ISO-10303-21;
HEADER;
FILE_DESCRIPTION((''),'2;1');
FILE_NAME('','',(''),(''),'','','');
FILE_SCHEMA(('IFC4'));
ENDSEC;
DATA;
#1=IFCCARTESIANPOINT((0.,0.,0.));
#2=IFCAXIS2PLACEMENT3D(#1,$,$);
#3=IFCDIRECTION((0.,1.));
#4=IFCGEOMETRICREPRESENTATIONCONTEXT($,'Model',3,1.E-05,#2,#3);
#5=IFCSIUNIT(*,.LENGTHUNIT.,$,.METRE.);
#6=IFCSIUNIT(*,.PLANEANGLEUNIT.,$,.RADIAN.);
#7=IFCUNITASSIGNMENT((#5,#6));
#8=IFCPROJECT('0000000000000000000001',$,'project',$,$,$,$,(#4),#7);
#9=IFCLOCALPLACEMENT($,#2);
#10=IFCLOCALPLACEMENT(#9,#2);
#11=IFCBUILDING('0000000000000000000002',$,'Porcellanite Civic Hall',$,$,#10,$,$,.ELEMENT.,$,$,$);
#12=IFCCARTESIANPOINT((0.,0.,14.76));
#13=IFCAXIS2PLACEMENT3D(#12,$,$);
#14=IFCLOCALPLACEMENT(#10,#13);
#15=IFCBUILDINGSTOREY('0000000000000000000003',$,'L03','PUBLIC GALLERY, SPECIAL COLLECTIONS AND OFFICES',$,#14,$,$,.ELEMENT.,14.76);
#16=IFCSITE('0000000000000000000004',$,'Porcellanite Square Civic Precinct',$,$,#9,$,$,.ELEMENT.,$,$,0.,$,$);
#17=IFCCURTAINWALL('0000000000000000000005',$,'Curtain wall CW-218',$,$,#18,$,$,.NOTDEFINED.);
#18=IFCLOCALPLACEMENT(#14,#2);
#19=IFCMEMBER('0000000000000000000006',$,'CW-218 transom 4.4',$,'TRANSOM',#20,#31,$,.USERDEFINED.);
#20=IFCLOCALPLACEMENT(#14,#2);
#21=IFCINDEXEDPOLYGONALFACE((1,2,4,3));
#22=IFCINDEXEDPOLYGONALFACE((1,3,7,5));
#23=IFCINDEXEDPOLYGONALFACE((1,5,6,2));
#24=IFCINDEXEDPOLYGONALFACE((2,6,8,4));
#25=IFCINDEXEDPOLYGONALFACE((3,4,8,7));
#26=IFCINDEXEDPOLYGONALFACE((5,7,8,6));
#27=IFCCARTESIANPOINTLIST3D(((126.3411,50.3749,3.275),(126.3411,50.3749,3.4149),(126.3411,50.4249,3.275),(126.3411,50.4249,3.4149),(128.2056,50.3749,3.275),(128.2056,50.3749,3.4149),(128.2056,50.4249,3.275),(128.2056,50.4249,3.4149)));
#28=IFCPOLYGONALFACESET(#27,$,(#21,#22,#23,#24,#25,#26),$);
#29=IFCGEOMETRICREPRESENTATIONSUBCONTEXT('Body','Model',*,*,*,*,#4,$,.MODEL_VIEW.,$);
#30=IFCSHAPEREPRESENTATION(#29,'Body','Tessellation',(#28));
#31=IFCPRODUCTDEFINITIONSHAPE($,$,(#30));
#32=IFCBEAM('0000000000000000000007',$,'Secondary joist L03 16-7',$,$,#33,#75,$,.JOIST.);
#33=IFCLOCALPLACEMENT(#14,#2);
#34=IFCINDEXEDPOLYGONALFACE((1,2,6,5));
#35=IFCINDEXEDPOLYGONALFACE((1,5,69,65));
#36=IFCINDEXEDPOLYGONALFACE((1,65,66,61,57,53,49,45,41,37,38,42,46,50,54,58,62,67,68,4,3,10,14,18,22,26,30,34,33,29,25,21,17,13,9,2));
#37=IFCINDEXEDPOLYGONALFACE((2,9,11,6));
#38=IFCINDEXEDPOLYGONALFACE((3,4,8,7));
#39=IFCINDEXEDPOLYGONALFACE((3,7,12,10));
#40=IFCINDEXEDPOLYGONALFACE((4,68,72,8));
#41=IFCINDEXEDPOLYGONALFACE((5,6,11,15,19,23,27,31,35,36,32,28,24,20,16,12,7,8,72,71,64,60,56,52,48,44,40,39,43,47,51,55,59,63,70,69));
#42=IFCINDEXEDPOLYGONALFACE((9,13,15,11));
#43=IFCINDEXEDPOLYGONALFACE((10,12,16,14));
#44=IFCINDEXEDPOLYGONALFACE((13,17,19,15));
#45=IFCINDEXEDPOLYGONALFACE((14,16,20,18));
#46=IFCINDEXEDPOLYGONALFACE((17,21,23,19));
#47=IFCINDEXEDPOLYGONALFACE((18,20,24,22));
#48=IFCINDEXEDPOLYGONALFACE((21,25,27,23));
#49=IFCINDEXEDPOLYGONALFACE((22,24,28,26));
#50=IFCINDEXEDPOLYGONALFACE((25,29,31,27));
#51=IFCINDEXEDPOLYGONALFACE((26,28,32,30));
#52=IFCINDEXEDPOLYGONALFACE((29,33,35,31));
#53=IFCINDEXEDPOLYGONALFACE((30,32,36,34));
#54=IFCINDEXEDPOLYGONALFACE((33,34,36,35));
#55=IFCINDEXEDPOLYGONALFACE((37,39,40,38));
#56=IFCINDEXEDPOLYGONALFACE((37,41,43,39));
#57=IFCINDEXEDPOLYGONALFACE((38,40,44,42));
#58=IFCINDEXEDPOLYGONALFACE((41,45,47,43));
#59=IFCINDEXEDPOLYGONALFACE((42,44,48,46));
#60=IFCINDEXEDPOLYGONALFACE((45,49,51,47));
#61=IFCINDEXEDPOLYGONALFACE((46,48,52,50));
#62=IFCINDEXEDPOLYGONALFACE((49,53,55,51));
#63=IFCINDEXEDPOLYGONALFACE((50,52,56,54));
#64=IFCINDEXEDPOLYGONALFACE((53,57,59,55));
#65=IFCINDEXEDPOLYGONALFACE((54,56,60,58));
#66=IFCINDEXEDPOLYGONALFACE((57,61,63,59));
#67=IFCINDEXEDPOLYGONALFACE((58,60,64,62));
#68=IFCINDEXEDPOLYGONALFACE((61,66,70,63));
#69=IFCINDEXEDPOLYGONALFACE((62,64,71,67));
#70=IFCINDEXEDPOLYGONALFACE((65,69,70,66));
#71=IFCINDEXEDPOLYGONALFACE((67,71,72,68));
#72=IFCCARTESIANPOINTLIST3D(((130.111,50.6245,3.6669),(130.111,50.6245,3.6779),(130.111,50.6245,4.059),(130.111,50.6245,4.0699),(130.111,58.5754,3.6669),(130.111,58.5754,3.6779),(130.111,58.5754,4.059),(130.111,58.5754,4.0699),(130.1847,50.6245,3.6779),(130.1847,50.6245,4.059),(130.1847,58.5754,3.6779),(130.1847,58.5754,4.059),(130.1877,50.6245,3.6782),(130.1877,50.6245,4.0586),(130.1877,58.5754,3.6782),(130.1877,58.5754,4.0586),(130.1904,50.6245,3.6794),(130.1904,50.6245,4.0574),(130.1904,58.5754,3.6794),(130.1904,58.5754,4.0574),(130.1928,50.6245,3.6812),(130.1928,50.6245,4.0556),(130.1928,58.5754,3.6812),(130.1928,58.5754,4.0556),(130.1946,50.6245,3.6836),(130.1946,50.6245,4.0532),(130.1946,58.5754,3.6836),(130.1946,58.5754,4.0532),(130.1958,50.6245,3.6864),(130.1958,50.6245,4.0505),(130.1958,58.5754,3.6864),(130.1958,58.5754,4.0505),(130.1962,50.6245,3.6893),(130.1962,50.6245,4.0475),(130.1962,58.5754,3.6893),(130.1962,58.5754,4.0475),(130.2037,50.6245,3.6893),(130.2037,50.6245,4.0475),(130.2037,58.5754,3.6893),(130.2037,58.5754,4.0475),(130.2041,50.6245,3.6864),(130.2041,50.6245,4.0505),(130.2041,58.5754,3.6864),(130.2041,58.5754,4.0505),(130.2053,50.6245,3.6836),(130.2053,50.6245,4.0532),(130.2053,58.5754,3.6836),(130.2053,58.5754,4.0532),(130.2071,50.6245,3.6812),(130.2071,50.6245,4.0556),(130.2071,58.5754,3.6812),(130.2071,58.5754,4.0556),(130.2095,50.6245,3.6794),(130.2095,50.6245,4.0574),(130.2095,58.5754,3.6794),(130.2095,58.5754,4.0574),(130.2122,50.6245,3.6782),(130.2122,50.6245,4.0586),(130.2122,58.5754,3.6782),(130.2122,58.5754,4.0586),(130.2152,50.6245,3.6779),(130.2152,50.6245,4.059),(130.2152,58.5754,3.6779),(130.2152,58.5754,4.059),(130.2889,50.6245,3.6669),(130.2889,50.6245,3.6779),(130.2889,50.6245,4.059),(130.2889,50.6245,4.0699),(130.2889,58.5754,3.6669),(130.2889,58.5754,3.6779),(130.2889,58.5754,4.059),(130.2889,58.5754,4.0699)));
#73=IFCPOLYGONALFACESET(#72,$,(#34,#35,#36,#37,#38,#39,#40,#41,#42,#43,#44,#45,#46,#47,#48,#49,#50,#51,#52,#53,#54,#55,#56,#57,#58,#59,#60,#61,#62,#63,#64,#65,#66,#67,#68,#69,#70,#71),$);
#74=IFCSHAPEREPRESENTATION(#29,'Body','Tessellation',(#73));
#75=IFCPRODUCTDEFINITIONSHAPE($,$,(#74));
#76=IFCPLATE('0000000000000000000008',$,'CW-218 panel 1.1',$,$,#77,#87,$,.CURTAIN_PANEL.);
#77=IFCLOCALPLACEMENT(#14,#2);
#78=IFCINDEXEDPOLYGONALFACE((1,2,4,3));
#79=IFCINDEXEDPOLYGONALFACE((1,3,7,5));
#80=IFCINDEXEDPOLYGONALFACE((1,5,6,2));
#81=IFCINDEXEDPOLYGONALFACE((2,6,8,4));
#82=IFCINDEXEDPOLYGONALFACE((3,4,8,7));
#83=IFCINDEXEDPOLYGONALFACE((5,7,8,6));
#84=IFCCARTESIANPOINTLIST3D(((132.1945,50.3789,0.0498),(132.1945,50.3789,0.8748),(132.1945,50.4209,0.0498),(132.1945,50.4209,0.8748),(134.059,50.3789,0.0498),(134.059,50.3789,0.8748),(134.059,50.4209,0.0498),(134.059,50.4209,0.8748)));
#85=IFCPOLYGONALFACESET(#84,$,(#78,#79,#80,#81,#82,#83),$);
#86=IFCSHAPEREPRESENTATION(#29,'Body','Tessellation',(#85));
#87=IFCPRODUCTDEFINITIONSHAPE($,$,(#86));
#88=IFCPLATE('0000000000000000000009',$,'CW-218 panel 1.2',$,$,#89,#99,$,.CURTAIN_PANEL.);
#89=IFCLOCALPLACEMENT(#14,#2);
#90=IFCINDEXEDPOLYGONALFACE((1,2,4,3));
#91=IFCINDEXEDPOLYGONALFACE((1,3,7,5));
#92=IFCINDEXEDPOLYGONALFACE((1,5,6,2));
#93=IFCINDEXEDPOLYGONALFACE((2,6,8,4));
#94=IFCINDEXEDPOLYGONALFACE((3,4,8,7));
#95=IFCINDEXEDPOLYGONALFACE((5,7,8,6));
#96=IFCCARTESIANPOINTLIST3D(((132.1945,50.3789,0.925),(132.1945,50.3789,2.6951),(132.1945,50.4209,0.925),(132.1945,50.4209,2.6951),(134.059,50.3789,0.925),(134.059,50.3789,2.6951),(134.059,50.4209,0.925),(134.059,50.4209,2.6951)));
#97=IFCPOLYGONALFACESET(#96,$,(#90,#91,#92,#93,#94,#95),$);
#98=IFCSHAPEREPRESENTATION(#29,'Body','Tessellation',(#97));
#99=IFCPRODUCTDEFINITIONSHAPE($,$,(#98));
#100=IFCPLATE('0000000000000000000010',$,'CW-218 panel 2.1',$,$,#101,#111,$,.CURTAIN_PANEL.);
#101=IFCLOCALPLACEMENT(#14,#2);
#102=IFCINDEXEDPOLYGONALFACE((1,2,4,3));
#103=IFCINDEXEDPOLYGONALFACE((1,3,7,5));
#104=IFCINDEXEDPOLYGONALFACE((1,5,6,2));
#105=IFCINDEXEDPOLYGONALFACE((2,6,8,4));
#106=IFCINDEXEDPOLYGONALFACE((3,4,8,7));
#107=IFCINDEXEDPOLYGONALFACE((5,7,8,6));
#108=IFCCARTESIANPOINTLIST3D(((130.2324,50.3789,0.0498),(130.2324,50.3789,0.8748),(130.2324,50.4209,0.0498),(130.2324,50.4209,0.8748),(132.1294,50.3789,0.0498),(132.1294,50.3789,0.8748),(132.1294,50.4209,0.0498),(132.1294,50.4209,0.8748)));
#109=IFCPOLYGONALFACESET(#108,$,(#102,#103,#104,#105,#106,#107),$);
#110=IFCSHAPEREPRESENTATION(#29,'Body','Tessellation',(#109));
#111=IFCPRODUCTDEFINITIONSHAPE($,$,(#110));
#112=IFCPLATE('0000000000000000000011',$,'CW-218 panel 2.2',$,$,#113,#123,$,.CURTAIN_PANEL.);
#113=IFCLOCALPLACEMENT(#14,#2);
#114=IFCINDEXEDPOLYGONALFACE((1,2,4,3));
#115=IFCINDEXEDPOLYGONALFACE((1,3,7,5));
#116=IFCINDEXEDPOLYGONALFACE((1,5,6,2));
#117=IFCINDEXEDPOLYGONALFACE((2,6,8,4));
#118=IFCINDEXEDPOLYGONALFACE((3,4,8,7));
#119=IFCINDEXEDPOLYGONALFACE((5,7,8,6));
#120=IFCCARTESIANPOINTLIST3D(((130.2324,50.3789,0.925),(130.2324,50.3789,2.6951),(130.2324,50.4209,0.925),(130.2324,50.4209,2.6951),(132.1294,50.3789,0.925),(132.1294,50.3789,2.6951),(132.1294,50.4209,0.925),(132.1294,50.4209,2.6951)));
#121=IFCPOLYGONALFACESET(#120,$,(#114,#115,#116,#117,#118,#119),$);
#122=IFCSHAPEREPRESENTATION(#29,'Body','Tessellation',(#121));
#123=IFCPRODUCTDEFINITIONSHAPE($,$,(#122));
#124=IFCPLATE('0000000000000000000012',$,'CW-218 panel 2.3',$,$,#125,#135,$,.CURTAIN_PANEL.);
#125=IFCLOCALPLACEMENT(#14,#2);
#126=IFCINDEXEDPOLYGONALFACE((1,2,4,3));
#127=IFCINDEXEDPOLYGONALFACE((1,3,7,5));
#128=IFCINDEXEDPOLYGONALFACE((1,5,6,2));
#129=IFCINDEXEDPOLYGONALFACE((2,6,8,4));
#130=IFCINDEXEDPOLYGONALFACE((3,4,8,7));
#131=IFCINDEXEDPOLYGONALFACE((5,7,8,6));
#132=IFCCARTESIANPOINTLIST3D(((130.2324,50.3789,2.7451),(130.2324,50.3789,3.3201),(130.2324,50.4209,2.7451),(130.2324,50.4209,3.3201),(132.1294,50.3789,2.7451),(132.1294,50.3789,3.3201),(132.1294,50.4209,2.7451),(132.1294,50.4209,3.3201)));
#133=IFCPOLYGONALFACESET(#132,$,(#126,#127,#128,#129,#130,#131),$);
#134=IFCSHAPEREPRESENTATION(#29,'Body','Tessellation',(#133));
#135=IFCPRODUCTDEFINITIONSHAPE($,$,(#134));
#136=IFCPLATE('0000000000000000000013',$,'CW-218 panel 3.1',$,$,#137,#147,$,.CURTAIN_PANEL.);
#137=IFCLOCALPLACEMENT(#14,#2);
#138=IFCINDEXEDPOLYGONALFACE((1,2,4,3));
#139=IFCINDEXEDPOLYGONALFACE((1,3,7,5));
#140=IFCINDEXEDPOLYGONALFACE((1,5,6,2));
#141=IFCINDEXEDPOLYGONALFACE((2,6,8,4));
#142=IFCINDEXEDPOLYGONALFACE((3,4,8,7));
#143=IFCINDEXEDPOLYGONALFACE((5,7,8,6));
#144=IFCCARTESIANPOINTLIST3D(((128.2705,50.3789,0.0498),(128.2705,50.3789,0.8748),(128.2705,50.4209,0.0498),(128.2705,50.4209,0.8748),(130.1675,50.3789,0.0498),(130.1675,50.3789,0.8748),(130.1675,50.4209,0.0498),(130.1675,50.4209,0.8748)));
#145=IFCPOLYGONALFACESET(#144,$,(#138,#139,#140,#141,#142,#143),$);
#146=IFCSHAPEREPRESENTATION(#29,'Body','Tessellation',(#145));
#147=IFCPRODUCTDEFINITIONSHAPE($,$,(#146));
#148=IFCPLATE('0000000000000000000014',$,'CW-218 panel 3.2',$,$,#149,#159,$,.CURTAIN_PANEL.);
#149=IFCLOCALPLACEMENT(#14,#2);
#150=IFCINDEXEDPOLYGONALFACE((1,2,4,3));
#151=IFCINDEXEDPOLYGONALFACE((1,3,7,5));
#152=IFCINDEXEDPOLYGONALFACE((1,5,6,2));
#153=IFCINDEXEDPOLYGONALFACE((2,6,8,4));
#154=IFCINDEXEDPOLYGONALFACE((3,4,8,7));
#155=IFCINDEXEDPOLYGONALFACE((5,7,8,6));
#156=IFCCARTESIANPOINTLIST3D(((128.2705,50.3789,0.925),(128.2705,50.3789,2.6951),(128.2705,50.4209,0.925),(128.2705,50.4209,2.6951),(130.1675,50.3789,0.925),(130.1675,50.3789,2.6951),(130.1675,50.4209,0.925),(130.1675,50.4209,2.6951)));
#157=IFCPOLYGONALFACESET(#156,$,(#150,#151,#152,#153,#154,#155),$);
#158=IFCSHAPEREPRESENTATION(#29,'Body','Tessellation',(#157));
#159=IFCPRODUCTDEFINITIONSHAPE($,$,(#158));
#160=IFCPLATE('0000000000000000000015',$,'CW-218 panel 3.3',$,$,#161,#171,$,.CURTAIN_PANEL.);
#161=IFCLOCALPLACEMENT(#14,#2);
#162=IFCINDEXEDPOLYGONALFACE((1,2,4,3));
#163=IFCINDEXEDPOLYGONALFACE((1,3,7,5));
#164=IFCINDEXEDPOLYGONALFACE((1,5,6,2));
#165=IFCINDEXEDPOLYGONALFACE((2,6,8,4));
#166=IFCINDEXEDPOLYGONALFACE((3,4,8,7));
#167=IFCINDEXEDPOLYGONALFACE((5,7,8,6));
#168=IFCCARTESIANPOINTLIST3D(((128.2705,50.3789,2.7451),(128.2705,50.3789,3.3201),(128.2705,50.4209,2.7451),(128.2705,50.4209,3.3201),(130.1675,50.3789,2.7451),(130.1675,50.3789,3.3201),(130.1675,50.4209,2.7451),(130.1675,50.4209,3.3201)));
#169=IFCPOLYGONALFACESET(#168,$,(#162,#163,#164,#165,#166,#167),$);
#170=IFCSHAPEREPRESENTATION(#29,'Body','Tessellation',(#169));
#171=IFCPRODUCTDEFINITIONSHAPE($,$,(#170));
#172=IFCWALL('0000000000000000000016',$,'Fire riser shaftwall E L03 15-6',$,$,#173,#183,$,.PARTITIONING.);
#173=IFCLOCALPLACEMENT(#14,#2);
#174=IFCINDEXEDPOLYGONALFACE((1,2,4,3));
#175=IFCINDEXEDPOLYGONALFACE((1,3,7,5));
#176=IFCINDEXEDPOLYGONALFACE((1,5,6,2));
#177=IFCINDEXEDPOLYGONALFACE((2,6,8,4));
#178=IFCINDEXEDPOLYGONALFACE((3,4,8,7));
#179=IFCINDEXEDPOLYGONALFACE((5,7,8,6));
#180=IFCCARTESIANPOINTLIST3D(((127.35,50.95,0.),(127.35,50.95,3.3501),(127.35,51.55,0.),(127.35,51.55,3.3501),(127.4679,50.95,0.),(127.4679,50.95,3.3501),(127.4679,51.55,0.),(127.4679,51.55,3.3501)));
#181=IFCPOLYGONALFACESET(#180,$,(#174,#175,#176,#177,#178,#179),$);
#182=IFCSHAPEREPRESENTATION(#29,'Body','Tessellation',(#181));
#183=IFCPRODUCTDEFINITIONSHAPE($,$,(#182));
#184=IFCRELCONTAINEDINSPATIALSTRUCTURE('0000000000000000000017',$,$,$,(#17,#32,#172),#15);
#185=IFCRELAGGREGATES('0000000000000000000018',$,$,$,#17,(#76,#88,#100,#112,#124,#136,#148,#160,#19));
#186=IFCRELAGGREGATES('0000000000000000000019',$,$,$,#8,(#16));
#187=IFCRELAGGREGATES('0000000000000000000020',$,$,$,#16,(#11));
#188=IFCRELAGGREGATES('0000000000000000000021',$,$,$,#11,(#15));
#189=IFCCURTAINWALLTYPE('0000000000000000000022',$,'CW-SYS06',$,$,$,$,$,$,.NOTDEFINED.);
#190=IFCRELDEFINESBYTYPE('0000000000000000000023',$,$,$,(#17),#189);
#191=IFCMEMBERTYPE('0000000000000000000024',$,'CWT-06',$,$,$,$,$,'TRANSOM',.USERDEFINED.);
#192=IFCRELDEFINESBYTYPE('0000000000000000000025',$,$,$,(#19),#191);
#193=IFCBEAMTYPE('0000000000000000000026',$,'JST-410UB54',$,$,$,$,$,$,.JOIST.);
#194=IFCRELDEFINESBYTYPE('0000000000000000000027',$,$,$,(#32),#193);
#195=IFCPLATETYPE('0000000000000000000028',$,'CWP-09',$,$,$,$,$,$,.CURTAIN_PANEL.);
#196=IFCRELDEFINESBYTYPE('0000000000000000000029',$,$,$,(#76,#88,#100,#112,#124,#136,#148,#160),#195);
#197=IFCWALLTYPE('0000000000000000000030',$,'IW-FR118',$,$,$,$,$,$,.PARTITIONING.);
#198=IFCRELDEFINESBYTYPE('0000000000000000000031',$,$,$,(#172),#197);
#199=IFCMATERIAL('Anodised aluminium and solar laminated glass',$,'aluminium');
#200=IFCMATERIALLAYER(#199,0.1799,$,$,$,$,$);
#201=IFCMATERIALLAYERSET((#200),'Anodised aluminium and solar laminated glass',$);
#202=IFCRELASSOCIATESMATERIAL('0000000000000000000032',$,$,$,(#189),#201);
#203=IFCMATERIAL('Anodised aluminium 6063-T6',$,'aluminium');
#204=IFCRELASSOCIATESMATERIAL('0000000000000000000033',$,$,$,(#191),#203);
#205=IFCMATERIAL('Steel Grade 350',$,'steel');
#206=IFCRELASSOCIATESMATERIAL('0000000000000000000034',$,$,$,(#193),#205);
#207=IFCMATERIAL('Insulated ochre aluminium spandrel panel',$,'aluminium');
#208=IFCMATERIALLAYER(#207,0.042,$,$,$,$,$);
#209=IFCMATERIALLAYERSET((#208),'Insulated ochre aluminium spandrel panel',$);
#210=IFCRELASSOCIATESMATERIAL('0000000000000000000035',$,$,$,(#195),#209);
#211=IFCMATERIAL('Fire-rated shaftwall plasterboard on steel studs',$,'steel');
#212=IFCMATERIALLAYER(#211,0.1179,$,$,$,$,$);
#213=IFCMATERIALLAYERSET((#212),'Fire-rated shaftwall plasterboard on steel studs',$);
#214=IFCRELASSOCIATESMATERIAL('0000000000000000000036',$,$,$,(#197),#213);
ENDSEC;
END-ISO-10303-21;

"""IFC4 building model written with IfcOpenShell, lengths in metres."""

from ifc_helpers import new_model, si_unit, direction, frame, frame_2d, origin, origin_2d, place, context, subcontext, project, spatial, rectangle, i_section, extrude, material, layer, layer_set, material_profile, profile_set, type_object, element, aggregate, save


model = new_model("IFC4")

# Units and contexts
model_context = context("Model", 3, precision=1e-05, world=origin(), true_north=direction((0.0, 1.0)))
body_context = subcontext(model_context, "Body", "Model", "MODEL_VIEW")
ifc_project = project(units=[si_unit("LENGTHUNIT", "METRE"), si_unit("PLANEANGLEUNIT", "RADIAN")], contexts=[model_context])

# Site, building, storey
site_placement = place(None, origin())
site = spatial("IfcSite", under=ifc_project, at=site_placement, Name="Porcellanite Square Civic Precinct", CompositionType="ELEMENT", RefElevation=0.0)
building_placement = place(site_placement, origin())
building = spatial("IfcBuilding", under=site, at=building_placement, Name="Porcellanite Civic Hall", CompositionType="ELEMENT")
storey_placement = place(building_placement, frame((0.0, 0.0, 14.76)))
storey = spatial("IfcBuildingStorey", under=building, at=storey_placement, Name="L03", Description="PUBLIC GALLERY, SPECIAL COLLECTIONS AND OFFICES", CompositionType="ELEMENT", Elevation=14.76)

# Curtain wall, member
ifc_material_1 = material(Name="Anodised aluminium and solar laminated glass", Category="aluminium")
ifc_layer_1 = layer(ifc_material_1, 0.1799)
ifc_layer_set_1 = layer_set([ifc_layer_1], Name="Anodised aluminium and solar laminated glass")
curtain_wall_type = type_object("IfcCurtainWallType", Name="CW-SYS06", PredefinedType="NOTDEFINED", material=ifc_layer_set_1)
curtain_wall_placement = place(storey_placement, origin())
curtain_wall = element("IfcCurtainWall", 1, at=curtain_wall_placement, inside=storey, type_object=curtain_wall_type, Name="Curtain wall CW-218", PredefinedType="NOTDEFINED")
ifc_material_2 = material(Name="Anodised aluminium 6063-T6", Category="aluminium")
ifc_material_profile_1 = material_profile(ifc_material_2, rectangle(XDim=0.05, YDim=0.1399, at=origin_2d()), Name="AL-50x140")
ifc_profile_set_1 = profile_set([ifc_material_profile_1], Name="Anodised aluminium 6063-T6")
member_type_1 = type_object("IfcMemberType", Name="CWT-06", ElementType="TRANSOM", PredefinedType="USERDEFINED", material=ifc_profile_set_1)
member_1_placement = place(storey_placement, frame((128.2056, 50.3999, 3.345), z_axis=(-1.0, 0.0, 0.0), x_axis=(0.0, -1.0, 0.0)))
member_1 = element("IfcMember", 2, at=member_1_placement, type_object=member_type_1, Name="CW-218 transom 4.4", ObjectType="TRANSOM", PredefinedType="USERDEFINED", context=body_context, shape_type="SweptSolid", body=[
    extrude(rectangle(XDim=0.05, YDim=0.1399, at=origin_2d()), origin(), (0.0, 0.0, 1.0), 1.8645),
])

# Beam
ifc_material_3 = material(Name="Steel Grade 350", Category="steel")
ifc_material_profile_2 = material_profile(ifc_material_3, i_section(OverallWidth=0.178, OverallDepth=0.4031, WebThickness=0.0076, FlangeThickness=0.011, FilletRadius=0.0115, at=origin_2d()), Name="410UB53.7")
ifc_profile_set_2 = profile_set([ifc_material_profile_2], Name="Steel Grade 350")
beam_type = type_object("IfcBeamType", Name="JST-410UB54", PredefinedType="JOIST", material=ifc_profile_set_2)
beam_placement = place(storey_placement, frame((130.2, 50.6245, 3.8684), z_axis=(0.0, 1.0, 0.0), x_axis=(-1.0, 0.0, 0.0)))
element("IfcBeam", 3, at=beam_placement, inside=storey, type_object=beam_type, Name="Secondary joist L03 16-7", PredefinedType="JOIST", context=body_context, shape_type="SweptSolid", body=[
    extrude(i_section(OverallWidth=0.178, OverallDepth=0.4031, WebThickness=0.0076, FlangeThickness=0.011, FilletRadius=0.0115, at=origin_2d()), origin(), (0.0, 0.0, 1.0), 7.9509),
])

# Plates
ifc_material_4 = material(Name="Insulated ochre aluminium spandrel panel", Category="aluminium")
ifc_layer_2 = layer(ifc_material_4, 0.042)
ifc_layer_set_2 = layer_set([ifc_layer_2], Name="Insulated ochre aluminium spandrel panel")
plate_type = type_object("IfcPlateType", Name="CWP-09", PredefinedType="CURTAIN_PANEL", material=ifc_layer_set_2)
plate_1_placement = place(storey_placement, frame((133.1267, 50.3999, 0.0498), z_axis=(0.0, 0.0, 1.0), x_axis=(-1.0, 0.0, 0.0)))
plate_1 = element("IfcPlate", 4, at=plate_1_placement, type_object=plate_type, Name="CW-218 panel 1.1", PredefinedType="CURTAIN_PANEL", context=body_context, shape_type="SweptSolid", body=[
    extrude(rectangle(XDim=1.8645, YDim=0.042, at=origin_2d()), origin(), (0.0, 0.0, 1.0), 0.825),
])
plate_2_placement = place(storey_placement, frame((133.1267, 50.3999, 0.925), z_axis=(0.0, 0.0, 1.0), x_axis=(-1.0, 0.0, 0.0)))
plate_2 = element("IfcPlate", 5, at=plate_2_placement, type_object=plate_type, Name="CW-218 panel 1.2", PredefinedType="CURTAIN_PANEL", context=body_context, shape_type="SweptSolid", body=[
    extrude(rectangle(XDim=1.8645, YDim=0.042, at=origin_2d()), origin(), (0.0, 0.0, 1.0), 1.77),
])
plate_3_placement = place(storey_placement, frame((131.1809, 50.3999, 0.0498), z_axis=(0.0, 0.0, 1.0), x_axis=(-1.0, 0.0, 0.0)))
plate_3 = element("IfcPlate", 6, at=plate_3_placement, type_object=plate_type, Name="CW-218 panel 2.1", PredefinedType="CURTAIN_PANEL", context=body_context, shape_type="SweptSolid", body=[
    extrude(rectangle(XDim=1.897, YDim=0.042, at=origin_2d()), origin(), (0.0, 0.0, 1.0), 0.825),
])
plate_4_placement = place(storey_placement, frame((131.1809, 50.3999, 0.925), z_axis=(0.0, 0.0, 1.0), x_axis=(-1.0, 0.0, 0.0)))
plate_4 = element("IfcPlate", 7, at=plate_4_placement, type_object=plate_type, Name="CW-218 panel 2.2", PredefinedType="CURTAIN_PANEL", context=body_context, shape_type="SweptSolid", body=[
    extrude(rectangle(XDim=1.897, YDim=0.042, at=origin_2d()), origin(), (0.0, 0.0, 1.0), 1.77),
])
plate_5_placement = place(storey_placement, frame((131.1809, 50.3999, 2.7451), z_axis=(0.0, 0.0, 1.0), x_axis=(-1.0, 0.0, 0.0)))
plate_5 = element("IfcPlate", 8, at=plate_5_placement, type_object=plate_type, Name="CW-218 panel 2.3", PredefinedType="CURTAIN_PANEL", context=body_context, shape_type="SweptSolid", body=[
    extrude(rectangle(XDim=1.897, YDim=0.042, at=origin_2d()), origin(), (0.0, 0.0, 1.0), 0.575),
])
plate_6_placement = place(storey_placement, frame((129.219, 50.3999, 0.0498), z_axis=(0.0, 0.0, 1.0), x_axis=(-1.0, 0.0, 0.0)))
plate_6 = element("IfcPlate", 9, at=plate_6_placement, type_object=plate_type, Name="CW-218 panel 3.1", PredefinedType="CURTAIN_PANEL", context=body_context, shape_type="SweptSolid", body=[
    extrude(rectangle(XDim=1.897, YDim=0.042, at=origin_2d()), origin(), (0.0, 0.0, 1.0), 0.825),
])
plate_7_placement = place(storey_placement, frame((129.219, 50.3999, 0.925), z_axis=(0.0, 0.0, 1.0), x_axis=(-1.0, 0.0, 0.0)))
plate_7 = element("IfcPlate", 10, at=plate_7_placement, type_object=plate_type, Name="CW-218 panel 3.2", PredefinedType="CURTAIN_PANEL", context=body_context, shape_type="SweptSolid", body=[
    extrude(rectangle(XDim=1.897, YDim=0.042, at=origin_2d()), origin(), (0.0, 0.0, 1.0), 1.77),
])
plate_8_placement = place(storey_placement, frame((129.219, 50.3999, 2.7451), z_axis=(0.0, 0.0, 1.0), x_axis=(-1.0, 0.0, 0.0)))
plate_8 = element("IfcPlate", 11, at=plate_8_placement, type_object=plate_type, Name="CW-218 panel 3.3", PredefinedType="CURTAIN_PANEL", context=body_context, shape_type="SweptSolid", body=[
    extrude(rectangle(XDim=1.897, YDim=0.042, at=origin_2d()), origin(), (0.0, 0.0, 1.0), 0.575),
])
aggregate(curtain_wall, [plate_1, plate_2, plate_3, plate_4, plate_5, plate_6, plate_7, plate_8, member_1])

# Wall
ifc_material_5 = material(Name="Fire-rated shaftwall plasterboard on steel studs", Category="steel")
ifc_layer_3 = layer(ifc_material_5, 0.1179)
ifc_layer_set_3 = layer_set([ifc_layer_3], Name="Fire-rated shaftwall plasterboard on steel studs")
wall_type = type_object("IfcWallType", Name="IW-FR118", PredefinedType="PARTITIONING", material=ifc_layer_set_3)
wall_placement = place(storey_placement, frame((127.4089, 50.95, 0.0), z_axis=(0.0, 0.0, 1.0), x_axis=(0.0, 1.0, 0.0)))
element("IfcWall", 12, at=wall_placement, inside=storey, type_object=wall_type, Name="Fire riser shaftwall E L03 15-6", PredefinedType="PARTITIONING", context=body_context, shape_type="SweptSolid", body=[
    extrude(rectangle(XDim=0.6001, YDim=0.1179, at=frame_2d((0.3, 0.0))), origin(), (0.0, 0.0, 1.0), 3.3501),
])

save(model, "model.ifc")
